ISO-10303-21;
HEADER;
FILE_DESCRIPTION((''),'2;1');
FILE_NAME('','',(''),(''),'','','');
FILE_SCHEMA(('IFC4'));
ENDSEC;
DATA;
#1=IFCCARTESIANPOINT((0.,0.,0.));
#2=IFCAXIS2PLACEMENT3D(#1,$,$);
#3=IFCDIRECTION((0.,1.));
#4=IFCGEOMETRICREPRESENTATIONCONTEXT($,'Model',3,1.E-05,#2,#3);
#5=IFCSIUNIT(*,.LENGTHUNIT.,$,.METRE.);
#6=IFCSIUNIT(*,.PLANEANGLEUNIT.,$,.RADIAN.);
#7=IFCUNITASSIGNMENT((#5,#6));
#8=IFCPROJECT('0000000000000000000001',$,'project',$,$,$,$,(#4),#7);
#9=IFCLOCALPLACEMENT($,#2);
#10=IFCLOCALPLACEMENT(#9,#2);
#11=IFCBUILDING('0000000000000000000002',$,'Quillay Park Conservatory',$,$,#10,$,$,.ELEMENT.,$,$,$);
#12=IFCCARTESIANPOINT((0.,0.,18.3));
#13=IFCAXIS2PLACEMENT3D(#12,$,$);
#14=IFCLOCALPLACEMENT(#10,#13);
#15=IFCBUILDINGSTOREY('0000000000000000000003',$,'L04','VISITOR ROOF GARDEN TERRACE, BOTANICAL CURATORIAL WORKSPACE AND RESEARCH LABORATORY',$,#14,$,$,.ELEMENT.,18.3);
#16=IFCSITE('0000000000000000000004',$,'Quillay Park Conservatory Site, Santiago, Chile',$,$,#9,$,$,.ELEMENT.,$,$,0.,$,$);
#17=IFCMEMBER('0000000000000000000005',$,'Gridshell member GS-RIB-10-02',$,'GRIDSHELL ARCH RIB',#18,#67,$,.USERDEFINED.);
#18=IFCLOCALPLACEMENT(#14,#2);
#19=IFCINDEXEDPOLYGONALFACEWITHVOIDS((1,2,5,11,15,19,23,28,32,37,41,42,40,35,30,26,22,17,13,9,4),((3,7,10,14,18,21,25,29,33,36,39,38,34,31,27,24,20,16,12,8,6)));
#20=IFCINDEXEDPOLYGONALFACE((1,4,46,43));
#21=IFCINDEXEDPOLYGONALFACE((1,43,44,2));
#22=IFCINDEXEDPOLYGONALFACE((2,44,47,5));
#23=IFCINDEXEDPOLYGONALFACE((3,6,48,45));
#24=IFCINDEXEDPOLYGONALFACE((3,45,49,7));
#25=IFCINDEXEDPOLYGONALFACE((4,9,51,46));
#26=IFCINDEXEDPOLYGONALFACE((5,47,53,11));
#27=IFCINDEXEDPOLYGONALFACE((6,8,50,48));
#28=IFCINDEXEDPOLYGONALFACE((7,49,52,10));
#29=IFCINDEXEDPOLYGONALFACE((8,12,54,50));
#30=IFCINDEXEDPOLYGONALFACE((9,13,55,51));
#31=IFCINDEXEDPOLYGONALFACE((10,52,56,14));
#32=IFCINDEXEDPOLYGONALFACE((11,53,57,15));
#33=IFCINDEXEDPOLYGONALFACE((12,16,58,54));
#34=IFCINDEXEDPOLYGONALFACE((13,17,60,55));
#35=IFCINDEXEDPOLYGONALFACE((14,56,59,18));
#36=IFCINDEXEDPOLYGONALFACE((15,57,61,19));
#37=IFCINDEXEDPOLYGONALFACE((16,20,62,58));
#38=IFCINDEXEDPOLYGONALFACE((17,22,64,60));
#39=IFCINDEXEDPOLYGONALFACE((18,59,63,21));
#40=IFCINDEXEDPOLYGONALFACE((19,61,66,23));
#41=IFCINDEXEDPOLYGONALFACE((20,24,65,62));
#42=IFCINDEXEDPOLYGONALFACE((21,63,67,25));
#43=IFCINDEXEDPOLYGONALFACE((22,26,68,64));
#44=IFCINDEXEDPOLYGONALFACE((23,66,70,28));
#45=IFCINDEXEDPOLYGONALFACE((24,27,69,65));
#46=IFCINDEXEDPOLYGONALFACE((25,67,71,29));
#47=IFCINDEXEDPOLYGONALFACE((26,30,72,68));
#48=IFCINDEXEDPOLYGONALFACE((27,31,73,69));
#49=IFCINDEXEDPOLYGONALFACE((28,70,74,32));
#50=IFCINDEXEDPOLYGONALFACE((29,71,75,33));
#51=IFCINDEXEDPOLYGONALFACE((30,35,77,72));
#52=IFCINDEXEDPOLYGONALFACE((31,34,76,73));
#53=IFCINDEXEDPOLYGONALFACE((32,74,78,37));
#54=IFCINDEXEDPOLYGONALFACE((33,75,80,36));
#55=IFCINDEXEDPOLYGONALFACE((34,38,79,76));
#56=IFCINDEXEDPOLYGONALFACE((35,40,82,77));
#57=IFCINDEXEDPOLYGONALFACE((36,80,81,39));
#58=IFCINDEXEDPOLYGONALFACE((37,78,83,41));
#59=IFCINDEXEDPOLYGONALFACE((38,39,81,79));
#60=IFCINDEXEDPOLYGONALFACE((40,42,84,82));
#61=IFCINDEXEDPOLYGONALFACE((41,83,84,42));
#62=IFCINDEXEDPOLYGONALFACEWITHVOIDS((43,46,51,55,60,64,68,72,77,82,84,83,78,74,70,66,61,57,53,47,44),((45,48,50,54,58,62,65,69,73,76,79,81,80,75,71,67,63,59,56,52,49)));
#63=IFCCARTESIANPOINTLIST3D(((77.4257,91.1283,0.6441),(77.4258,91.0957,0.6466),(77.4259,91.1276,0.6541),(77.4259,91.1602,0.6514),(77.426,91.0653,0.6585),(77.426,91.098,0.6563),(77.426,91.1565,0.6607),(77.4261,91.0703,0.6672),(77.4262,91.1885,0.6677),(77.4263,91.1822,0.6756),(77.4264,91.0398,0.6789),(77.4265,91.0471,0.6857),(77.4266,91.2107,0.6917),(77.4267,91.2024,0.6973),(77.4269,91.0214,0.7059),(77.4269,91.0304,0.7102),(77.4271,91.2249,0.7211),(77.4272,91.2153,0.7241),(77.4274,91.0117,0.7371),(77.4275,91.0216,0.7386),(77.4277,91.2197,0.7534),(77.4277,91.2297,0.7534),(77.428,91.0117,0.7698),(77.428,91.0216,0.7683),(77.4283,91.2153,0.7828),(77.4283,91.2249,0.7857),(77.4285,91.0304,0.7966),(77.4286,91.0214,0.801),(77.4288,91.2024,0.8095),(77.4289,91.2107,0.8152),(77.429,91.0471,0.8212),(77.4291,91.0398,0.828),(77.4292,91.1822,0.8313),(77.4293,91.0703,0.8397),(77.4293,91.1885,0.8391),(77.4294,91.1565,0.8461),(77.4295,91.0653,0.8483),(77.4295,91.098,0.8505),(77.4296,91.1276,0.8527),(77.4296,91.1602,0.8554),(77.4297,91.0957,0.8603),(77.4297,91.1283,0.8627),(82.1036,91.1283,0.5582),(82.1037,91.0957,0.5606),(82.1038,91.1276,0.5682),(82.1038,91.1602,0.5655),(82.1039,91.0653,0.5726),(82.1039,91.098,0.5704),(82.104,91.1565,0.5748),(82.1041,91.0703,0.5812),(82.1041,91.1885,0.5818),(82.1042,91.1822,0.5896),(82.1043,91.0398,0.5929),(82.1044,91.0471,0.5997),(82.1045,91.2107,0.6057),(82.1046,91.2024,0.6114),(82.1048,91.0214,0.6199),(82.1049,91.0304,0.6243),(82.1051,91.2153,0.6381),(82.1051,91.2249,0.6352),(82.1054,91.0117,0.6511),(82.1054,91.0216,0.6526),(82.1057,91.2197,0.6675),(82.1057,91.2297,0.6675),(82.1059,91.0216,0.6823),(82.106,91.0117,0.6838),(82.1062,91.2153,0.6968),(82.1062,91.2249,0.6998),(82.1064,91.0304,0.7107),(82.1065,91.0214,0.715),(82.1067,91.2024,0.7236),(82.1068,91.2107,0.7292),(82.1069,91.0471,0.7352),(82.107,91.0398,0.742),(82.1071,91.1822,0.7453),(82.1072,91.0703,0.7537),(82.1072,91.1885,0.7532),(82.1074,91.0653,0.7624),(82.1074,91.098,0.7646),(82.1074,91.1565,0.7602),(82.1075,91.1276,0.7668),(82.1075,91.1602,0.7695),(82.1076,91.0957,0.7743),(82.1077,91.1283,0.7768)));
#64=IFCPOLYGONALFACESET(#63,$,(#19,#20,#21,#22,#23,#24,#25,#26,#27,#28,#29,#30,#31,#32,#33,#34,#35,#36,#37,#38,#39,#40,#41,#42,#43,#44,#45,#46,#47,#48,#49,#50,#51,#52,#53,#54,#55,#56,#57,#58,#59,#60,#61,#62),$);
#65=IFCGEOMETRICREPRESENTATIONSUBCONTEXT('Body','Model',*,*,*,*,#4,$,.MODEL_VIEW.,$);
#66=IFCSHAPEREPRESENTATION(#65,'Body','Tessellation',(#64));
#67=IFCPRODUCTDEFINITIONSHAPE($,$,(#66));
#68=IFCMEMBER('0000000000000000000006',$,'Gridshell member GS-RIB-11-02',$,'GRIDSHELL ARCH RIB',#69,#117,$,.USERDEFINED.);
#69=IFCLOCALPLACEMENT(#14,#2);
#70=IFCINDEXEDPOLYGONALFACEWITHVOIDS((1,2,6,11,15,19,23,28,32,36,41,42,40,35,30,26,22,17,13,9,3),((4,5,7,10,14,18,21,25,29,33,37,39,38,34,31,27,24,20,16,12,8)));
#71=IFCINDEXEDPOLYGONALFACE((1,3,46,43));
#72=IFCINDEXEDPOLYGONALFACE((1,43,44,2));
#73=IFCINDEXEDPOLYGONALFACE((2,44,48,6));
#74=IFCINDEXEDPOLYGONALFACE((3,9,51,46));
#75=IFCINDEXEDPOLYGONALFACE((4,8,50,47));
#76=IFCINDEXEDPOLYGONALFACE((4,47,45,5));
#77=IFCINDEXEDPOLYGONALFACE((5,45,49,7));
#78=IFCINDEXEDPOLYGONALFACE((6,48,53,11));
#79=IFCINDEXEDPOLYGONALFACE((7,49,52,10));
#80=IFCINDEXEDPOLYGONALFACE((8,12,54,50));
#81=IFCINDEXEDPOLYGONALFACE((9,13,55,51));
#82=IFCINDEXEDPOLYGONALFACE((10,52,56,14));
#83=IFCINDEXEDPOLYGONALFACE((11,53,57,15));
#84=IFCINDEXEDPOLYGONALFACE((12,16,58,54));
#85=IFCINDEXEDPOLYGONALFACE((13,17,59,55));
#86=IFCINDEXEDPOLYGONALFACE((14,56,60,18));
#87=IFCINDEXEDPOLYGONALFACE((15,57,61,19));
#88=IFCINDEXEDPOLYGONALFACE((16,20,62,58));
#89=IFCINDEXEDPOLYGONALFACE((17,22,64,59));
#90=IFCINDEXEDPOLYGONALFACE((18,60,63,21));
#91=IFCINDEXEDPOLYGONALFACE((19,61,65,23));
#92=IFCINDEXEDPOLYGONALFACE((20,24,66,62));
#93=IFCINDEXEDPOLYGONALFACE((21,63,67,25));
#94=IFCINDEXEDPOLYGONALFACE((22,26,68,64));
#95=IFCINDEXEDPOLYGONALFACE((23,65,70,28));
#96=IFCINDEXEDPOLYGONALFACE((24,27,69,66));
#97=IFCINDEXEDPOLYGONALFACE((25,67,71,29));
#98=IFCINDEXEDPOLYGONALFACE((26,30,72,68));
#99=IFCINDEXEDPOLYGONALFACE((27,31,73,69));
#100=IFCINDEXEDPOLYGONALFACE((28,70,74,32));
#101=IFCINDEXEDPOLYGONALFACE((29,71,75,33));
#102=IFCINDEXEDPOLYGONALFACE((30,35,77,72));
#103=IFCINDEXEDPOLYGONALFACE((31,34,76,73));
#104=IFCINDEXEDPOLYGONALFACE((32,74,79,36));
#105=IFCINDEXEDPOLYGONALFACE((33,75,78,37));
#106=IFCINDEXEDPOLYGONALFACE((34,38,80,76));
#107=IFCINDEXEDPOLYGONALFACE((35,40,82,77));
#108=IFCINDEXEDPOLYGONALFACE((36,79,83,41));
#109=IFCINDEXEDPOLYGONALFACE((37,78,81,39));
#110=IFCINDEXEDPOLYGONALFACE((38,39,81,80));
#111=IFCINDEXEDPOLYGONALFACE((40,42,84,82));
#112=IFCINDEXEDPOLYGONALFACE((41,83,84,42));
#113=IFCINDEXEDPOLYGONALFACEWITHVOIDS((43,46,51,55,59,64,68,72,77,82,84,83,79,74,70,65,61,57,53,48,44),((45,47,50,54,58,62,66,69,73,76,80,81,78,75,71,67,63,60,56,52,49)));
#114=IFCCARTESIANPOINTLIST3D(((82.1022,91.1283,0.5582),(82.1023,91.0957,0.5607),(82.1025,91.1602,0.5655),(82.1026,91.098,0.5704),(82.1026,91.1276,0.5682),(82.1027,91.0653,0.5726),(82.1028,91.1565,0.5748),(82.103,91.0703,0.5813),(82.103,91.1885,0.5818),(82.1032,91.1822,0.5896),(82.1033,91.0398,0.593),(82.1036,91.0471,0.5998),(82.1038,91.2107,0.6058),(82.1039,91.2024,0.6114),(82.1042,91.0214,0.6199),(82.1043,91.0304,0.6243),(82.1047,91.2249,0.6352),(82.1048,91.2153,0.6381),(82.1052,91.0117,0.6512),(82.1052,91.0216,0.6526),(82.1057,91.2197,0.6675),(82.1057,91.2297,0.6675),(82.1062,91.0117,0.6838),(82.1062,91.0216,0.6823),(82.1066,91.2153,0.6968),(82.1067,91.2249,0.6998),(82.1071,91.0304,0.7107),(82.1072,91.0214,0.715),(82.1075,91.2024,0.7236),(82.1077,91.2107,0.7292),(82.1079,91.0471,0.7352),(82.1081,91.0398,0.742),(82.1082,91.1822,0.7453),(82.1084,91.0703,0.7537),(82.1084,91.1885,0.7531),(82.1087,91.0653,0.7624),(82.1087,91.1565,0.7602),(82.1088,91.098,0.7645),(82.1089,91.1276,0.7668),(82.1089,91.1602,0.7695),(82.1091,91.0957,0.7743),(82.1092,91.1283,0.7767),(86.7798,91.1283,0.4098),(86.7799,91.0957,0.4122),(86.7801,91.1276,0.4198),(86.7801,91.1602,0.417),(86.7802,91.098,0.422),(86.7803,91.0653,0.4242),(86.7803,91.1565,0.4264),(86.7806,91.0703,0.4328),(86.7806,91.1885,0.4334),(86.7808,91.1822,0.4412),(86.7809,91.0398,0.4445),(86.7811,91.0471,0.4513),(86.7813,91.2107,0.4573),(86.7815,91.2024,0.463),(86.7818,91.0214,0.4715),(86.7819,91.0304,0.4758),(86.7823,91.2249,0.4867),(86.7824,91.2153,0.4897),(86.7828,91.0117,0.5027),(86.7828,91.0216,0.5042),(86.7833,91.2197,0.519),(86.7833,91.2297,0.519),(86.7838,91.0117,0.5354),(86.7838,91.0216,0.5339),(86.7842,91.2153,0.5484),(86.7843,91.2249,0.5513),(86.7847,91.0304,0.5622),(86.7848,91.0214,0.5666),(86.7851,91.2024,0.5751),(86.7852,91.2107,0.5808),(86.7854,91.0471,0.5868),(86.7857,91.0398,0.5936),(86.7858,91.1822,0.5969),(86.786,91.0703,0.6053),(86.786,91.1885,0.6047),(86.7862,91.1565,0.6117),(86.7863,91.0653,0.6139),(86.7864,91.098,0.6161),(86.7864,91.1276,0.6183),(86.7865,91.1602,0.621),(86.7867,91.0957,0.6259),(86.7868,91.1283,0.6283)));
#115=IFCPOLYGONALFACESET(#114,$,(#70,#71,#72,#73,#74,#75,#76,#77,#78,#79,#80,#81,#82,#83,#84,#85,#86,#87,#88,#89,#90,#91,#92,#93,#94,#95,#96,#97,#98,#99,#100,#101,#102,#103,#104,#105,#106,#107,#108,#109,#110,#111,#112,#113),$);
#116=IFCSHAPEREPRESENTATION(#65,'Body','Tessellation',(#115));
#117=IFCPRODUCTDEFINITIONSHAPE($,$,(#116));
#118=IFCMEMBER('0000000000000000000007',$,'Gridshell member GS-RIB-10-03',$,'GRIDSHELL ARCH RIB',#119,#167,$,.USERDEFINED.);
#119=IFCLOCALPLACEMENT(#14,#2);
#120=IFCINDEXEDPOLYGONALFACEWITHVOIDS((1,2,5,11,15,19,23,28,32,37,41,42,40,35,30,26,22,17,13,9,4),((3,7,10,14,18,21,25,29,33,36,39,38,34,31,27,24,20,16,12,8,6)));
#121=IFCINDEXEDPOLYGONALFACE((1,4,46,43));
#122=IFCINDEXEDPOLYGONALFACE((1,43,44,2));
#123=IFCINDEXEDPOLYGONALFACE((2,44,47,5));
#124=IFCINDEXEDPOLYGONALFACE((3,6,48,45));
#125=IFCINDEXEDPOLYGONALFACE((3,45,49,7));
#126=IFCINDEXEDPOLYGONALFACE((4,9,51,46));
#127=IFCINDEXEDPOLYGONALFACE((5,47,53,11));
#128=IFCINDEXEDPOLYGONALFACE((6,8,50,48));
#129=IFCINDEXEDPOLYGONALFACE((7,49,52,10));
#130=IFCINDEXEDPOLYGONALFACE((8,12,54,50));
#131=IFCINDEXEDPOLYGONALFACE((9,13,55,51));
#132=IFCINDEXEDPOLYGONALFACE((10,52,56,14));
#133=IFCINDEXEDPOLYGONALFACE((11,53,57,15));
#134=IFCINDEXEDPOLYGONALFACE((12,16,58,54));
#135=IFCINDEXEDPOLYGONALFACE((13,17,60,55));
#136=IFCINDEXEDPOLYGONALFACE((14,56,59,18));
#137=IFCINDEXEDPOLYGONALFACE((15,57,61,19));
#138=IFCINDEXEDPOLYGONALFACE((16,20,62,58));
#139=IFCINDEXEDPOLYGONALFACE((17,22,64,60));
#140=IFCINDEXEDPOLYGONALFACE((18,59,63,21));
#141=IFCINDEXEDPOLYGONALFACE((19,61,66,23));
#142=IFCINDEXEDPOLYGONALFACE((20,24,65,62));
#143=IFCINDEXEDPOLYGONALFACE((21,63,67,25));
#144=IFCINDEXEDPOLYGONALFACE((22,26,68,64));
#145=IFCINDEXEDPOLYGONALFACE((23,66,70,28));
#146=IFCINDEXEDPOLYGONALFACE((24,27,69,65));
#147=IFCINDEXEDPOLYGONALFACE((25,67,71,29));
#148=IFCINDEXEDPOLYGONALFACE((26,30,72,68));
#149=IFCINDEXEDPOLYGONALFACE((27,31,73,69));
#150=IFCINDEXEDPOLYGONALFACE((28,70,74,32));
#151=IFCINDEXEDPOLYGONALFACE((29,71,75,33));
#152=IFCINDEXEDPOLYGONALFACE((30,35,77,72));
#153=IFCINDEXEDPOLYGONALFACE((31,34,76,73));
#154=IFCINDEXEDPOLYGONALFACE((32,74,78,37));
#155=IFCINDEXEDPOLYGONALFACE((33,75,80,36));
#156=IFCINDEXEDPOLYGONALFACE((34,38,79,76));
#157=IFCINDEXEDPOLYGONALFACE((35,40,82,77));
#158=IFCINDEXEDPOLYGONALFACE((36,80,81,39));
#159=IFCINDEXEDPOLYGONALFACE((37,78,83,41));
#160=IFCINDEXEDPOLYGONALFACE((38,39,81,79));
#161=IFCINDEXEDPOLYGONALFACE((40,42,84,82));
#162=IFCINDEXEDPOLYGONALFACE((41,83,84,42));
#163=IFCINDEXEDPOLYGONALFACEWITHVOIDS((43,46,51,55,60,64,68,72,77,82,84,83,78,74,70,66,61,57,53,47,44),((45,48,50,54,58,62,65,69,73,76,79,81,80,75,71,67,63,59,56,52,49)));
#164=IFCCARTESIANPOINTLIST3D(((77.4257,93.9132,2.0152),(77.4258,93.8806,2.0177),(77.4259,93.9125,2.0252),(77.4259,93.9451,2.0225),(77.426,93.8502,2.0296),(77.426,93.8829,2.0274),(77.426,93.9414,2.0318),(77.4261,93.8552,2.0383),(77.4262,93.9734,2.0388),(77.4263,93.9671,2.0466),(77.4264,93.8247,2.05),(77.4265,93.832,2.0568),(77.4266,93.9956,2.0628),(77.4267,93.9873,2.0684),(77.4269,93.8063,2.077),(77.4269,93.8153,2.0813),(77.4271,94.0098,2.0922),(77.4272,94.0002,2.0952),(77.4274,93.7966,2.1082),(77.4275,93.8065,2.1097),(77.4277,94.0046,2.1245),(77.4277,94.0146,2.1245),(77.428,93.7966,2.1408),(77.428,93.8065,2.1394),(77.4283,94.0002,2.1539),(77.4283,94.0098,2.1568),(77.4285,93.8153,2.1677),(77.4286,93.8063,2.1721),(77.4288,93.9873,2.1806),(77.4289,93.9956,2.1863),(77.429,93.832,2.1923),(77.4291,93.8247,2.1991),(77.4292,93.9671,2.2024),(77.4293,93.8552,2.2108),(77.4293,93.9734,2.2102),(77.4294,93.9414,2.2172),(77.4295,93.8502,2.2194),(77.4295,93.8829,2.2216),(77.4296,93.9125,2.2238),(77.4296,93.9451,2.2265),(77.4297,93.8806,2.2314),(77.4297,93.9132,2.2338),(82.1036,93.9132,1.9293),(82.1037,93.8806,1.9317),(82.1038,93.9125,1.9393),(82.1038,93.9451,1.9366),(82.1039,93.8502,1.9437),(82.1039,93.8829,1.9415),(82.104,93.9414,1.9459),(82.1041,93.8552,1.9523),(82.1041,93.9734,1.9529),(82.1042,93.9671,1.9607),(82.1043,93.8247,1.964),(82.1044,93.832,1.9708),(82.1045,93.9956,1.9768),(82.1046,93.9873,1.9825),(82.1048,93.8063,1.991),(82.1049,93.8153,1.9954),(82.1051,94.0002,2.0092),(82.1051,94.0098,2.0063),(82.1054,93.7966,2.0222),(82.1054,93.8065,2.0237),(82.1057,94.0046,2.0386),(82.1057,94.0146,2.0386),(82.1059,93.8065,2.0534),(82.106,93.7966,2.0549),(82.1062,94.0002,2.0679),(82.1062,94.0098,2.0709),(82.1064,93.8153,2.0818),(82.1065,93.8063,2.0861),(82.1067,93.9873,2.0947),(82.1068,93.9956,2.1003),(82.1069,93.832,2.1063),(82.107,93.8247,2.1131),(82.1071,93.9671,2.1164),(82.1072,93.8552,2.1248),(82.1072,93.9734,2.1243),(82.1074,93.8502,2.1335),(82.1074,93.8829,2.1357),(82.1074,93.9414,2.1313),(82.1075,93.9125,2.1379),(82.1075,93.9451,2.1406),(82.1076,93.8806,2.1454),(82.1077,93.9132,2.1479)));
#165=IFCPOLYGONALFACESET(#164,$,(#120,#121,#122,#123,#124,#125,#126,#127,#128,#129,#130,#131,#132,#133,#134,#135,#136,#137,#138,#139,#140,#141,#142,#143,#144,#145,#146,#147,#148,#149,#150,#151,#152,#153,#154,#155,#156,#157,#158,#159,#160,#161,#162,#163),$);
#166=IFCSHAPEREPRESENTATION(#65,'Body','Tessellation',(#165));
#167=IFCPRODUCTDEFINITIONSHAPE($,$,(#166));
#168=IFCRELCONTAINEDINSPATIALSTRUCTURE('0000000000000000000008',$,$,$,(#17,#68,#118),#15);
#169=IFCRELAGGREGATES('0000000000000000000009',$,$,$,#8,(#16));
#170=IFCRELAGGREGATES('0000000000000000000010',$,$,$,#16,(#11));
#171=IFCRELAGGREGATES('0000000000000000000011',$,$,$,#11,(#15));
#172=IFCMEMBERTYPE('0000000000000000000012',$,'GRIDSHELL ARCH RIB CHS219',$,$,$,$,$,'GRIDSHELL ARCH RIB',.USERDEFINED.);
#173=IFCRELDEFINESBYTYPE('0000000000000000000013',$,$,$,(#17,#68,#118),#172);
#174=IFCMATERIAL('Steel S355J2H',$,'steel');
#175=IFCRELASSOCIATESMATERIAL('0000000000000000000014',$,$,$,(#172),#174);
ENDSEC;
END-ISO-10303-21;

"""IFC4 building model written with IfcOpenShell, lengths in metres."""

from ifc_helpers import new_model, si_unit, direction, frame, origin, origin_2d, place, context, subcontext, project, spatial, hollow_circle, extrude, material, material_profile, profile_set, type_object, element, save


model = new_model("IFC4")

# Units and contexts
model_context = context("Model", 3, precision=1e-05, world=origin(), true_north=direction((0.0, 1.0)))
body_context = subcontext(model_context, "Body", "Model", "MODEL_VIEW")
ifc_project = project(units=[si_unit("LENGTHUNIT", "METRE"), si_unit("PLANEANGLEUNIT", "RADIAN")], contexts=[model_context])

# Site, building, storey
site_placement = place(None, origin())
site = spatial("IfcSite", under=ifc_project, at=site_placement, Name="Quillay Park Conservatory Site, Santiago, Chile", CompositionType="ELEMENT", RefElevation=0.0)
building_placement = place(site_placement, origin())
building = spatial("IfcBuilding", under=site, at=building_placement, Name="Quillay Park Conservatory", CompositionType="ELEMENT")
storey_placement = place(building_placement, frame((0.0, 0.0, 18.3)))
storey = spatial("IfcBuildingStorey", under=building, at=storey_placement, Name="L04", Description="VISITOR ROOF GARDEN TERRACE, BOTANICAL CURATORIAL WORKSPACE AND RESEARCH LABORATORY", CompositionType="ELEMENT", Elevation=18.3)

# Members
ifc_material_1 = material(Name="Steel S355J2H", Category="steel")
ifc_material_profile_1 = material_profile(ifc_material_1, hollow_circle(Radius=0.1096, WallThickness=0.01, at=origin_2d()), Name="CHS219.1x10")
ifc_profile_set_1 = profile_set([ifc_material_profile_1], Name="Steel S355J2H")
member_type = type_object("IfcMemberType", Name="GRIDSHELL ARCH RIB CHS219", ElementType="GRIDSHELL ARCH RIB", PredefinedType="USERDEFINED", material=ifc_profile_set_1)
member_1_placement = place(storey_placement, frame((77.4277, 91.1201, 0.7534), z_axis=(0.999831, 0.0, -0.018368), x_axis=(0.0, 1.0, 0.0)))
element("IfcMember", 1, at=member_1_placement, inside=storey, type_object=member_type, Name="Gridshell member GS-RIB-10-02", ObjectType="GRIDSHELL ARCH RIB", PredefinedType="USERDEFINED", context=body_context, shape_type="SweptSolid", body=[
    extrude(hollow_circle(Radius=0.1096, WallThickness=0.01, at=origin_2d()), origin(), (0.0, 0.0, 1.0), 4.6787),
])
member_2_placement = place(storey_placement, frame((82.1057, 91.1201, 0.6675), z_axis=(0.999497, 0.0, -0.031718), x_axis=(0.0, 1.0, 0.0)))
element("IfcMember", 2, at=member_2_placement, inside=storey, type_object=member_type, Name="Gridshell member GS-RIB-11-02", ObjectType="GRIDSHELL ARCH RIB", PredefinedType="USERDEFINED", context=body_context, shape_type="SweptSolid", body=[
    extrude(hollow_circle(Radius=0.1096, WallThickness=0.01, at=origin_2d()), origin(), (0.0, 0.0, 1.0), 4.6799),
])
member_3_placement = place(storey_placement, frame((77.4277, 93.905, 2.1245), z_axis=(0.999831, 0.0, -0.018368), x_axis=(0.0, 1.0, 0.0)))
element("IfcMember", 3, at=member_3_placement, inside=storey, type_object=member_type, Name="Gridshell member GS-RIB-10-03", ObjectType="GRIDSHELL ARCH RIB", PredefinedType="USERDEFINED", context=body_context, shape_type="SweptSolid", body=[
    extrude(hollow_circle(Radius=0.1096, WallThickness=0.01, at=origin_2d()), origin(), (0.0, 0.0, 1.0), 4.6787),
])

save(model, "model.ifc")
